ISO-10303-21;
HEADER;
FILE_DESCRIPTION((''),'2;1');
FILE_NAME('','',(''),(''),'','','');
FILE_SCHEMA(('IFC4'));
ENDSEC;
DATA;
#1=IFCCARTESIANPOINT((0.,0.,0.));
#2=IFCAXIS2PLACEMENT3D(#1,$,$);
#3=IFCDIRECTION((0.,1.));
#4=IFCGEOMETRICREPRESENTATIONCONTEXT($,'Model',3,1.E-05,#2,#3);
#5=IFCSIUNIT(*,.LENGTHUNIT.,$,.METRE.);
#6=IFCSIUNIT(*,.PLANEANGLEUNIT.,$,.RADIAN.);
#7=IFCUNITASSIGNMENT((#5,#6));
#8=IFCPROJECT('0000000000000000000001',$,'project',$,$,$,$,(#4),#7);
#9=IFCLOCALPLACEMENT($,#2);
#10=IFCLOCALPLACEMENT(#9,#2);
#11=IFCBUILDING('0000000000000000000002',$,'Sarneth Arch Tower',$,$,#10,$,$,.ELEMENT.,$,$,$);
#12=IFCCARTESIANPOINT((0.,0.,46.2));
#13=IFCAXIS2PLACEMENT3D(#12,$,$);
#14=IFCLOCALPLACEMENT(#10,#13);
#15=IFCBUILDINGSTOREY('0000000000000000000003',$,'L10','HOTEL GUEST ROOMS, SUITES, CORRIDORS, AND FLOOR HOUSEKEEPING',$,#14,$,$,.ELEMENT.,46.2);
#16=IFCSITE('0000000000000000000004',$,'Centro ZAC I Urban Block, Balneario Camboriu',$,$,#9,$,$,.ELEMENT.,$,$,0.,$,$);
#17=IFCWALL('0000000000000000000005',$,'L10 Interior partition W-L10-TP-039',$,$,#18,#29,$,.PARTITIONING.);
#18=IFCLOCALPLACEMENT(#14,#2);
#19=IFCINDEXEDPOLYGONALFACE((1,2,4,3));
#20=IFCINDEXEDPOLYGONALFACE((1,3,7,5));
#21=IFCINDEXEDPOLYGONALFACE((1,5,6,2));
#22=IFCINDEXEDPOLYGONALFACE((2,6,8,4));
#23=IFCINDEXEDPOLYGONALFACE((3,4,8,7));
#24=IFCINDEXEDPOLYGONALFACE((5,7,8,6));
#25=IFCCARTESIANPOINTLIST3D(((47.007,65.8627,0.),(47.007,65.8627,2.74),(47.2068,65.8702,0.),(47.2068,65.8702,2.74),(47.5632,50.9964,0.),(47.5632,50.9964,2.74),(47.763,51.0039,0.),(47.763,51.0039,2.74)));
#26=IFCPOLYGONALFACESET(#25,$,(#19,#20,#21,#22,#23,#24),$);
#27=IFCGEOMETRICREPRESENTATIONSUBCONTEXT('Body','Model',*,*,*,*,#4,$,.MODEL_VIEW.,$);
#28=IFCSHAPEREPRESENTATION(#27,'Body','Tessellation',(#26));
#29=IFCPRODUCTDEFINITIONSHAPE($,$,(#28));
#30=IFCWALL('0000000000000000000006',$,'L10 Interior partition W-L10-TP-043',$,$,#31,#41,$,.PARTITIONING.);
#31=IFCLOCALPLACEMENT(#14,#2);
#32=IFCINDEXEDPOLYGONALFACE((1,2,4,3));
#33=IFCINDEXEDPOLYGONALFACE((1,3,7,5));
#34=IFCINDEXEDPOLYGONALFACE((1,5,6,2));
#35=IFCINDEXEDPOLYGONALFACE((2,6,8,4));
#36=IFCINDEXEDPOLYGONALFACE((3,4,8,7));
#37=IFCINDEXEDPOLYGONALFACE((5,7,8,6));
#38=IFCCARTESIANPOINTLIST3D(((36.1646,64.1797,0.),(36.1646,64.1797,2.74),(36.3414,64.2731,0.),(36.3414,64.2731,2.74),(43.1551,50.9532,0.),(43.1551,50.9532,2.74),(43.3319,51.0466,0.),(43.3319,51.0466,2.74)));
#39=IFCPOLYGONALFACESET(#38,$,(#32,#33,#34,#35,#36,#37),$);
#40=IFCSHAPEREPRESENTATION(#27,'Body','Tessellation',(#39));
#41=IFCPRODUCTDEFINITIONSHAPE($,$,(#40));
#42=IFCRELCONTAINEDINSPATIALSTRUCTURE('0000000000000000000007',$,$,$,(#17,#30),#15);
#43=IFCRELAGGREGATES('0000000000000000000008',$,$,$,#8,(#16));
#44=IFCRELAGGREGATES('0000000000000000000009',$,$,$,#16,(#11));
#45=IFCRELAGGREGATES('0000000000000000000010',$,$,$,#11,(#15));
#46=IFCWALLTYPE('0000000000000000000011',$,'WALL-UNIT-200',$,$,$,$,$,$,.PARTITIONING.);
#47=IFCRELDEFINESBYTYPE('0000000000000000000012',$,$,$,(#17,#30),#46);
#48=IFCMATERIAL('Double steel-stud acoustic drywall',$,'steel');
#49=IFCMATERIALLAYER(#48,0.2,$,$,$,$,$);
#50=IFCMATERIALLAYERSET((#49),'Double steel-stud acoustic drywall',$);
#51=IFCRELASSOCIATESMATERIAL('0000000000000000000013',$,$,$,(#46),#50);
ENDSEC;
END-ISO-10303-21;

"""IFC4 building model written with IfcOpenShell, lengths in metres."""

from ifc_helpers import new_model, si_unit, direction, frame, frame_2d, origin, place, context, subcontext, project, spatial, rectangle, extrude, material, layer, layer_set, type_object, element, save


model = new_model("IFC4")

# Units and contexts
model_context = context("Model", 3, precision=1e-05, world=origin(), true_north=direction((0.0, 1.0)))
body_context = subcontext(model_context, "Body", "Model", "MODEL_VIEW")
ifc_project = project(units=[si_unit("LENGTHUNIT", "METRE"), si_unit("PLANEANGLEUNIT", "RADIAN")], contexts=[model_context])

# Site, building, storey
site_placement = place(None, origin())
site = spatial("IfcSite", under=ifc_project, at=site_placement, Name="Centro ZAC I Urban Block, Balneario Camboriu", CompositionType="ELEMENT", RefElevation=0.0)
building_placement = place(site_placement, origin())
building = spatial("IfcBuilding", under=site, at=building_placement, Name="Sarneth Arch Tower", CompositionType="ELEMENT")
storey_placement = place(building_placement, frame((0.0, 0.0, 46.2)))
storey = spatial("IfcBuildingStorey", under=building, at=storey_placement, Name="L10", Description="HOTEL GUEST ROOMS, SUITES, CORRIDORS, AND FLOOR HOUSEKEEPING", CompositionType="ELEMENT", Elevation=46.2)

# Walls
ifc_material_1 = material(Name="Double steel-stud acoustic drywall", Category="steel")
ifc_layer_1 = layer(ifc_material_1, 0.2)
ifc_layer_set_1 = layer_set([ifc_layer_1], Name="Double steel-stud acoustic drywall")
wall_type_1 = type_object("IfcWallType", Name="WALL-UNIT-200", PredefinedType="PARTITIONING", material=ifc_layer_set_1)
wall_1_placement = place(storey_placement, frame((47.6631, 51.0, 0.0), z_axis=(0.0, 0.0, 1.0), x_axis=(-0.037384, 0.999301, 0.0)))
element("IfcWall", 1, at=wall_1_placement, inside=storey, type_object=wall_type_1, Name="L10 Interior partition W-L10-TP-039", PredefinedType="PARTITIONING", context=body_context, shape_type="SweptSolid", body=[
    extrude(rectangle(XDim=14.8767, YDim=0.2, at=frame_2d((7.4385, 0.0))), origin(), (0.0, 0.0, 1.0), 2.74),
])
wall_2_placement = place(storey_placement, frame((43.2434, 51.0, 0.0), z_axis=(0.0, 0.0, 1.0), x_axis=(-0.467271, 0.884114, 0.0)))
element("IfcWall", 2, at=wall_2_placement, inside=storey, type_object=wall_type_1, Name="L10 Interior partition W-L10-TP-043", PredefinedType="PARTITIONING", context=body_context, shape_type="SweptSolid", body=[
    extrude(rectangle(XDim=14.9602, YDim=0.2, at=frame_2d((7.48, 0.0))), origin(), (0.0, 0.0, 1.0), 2.74),
])

save(model, "model.ifc")
